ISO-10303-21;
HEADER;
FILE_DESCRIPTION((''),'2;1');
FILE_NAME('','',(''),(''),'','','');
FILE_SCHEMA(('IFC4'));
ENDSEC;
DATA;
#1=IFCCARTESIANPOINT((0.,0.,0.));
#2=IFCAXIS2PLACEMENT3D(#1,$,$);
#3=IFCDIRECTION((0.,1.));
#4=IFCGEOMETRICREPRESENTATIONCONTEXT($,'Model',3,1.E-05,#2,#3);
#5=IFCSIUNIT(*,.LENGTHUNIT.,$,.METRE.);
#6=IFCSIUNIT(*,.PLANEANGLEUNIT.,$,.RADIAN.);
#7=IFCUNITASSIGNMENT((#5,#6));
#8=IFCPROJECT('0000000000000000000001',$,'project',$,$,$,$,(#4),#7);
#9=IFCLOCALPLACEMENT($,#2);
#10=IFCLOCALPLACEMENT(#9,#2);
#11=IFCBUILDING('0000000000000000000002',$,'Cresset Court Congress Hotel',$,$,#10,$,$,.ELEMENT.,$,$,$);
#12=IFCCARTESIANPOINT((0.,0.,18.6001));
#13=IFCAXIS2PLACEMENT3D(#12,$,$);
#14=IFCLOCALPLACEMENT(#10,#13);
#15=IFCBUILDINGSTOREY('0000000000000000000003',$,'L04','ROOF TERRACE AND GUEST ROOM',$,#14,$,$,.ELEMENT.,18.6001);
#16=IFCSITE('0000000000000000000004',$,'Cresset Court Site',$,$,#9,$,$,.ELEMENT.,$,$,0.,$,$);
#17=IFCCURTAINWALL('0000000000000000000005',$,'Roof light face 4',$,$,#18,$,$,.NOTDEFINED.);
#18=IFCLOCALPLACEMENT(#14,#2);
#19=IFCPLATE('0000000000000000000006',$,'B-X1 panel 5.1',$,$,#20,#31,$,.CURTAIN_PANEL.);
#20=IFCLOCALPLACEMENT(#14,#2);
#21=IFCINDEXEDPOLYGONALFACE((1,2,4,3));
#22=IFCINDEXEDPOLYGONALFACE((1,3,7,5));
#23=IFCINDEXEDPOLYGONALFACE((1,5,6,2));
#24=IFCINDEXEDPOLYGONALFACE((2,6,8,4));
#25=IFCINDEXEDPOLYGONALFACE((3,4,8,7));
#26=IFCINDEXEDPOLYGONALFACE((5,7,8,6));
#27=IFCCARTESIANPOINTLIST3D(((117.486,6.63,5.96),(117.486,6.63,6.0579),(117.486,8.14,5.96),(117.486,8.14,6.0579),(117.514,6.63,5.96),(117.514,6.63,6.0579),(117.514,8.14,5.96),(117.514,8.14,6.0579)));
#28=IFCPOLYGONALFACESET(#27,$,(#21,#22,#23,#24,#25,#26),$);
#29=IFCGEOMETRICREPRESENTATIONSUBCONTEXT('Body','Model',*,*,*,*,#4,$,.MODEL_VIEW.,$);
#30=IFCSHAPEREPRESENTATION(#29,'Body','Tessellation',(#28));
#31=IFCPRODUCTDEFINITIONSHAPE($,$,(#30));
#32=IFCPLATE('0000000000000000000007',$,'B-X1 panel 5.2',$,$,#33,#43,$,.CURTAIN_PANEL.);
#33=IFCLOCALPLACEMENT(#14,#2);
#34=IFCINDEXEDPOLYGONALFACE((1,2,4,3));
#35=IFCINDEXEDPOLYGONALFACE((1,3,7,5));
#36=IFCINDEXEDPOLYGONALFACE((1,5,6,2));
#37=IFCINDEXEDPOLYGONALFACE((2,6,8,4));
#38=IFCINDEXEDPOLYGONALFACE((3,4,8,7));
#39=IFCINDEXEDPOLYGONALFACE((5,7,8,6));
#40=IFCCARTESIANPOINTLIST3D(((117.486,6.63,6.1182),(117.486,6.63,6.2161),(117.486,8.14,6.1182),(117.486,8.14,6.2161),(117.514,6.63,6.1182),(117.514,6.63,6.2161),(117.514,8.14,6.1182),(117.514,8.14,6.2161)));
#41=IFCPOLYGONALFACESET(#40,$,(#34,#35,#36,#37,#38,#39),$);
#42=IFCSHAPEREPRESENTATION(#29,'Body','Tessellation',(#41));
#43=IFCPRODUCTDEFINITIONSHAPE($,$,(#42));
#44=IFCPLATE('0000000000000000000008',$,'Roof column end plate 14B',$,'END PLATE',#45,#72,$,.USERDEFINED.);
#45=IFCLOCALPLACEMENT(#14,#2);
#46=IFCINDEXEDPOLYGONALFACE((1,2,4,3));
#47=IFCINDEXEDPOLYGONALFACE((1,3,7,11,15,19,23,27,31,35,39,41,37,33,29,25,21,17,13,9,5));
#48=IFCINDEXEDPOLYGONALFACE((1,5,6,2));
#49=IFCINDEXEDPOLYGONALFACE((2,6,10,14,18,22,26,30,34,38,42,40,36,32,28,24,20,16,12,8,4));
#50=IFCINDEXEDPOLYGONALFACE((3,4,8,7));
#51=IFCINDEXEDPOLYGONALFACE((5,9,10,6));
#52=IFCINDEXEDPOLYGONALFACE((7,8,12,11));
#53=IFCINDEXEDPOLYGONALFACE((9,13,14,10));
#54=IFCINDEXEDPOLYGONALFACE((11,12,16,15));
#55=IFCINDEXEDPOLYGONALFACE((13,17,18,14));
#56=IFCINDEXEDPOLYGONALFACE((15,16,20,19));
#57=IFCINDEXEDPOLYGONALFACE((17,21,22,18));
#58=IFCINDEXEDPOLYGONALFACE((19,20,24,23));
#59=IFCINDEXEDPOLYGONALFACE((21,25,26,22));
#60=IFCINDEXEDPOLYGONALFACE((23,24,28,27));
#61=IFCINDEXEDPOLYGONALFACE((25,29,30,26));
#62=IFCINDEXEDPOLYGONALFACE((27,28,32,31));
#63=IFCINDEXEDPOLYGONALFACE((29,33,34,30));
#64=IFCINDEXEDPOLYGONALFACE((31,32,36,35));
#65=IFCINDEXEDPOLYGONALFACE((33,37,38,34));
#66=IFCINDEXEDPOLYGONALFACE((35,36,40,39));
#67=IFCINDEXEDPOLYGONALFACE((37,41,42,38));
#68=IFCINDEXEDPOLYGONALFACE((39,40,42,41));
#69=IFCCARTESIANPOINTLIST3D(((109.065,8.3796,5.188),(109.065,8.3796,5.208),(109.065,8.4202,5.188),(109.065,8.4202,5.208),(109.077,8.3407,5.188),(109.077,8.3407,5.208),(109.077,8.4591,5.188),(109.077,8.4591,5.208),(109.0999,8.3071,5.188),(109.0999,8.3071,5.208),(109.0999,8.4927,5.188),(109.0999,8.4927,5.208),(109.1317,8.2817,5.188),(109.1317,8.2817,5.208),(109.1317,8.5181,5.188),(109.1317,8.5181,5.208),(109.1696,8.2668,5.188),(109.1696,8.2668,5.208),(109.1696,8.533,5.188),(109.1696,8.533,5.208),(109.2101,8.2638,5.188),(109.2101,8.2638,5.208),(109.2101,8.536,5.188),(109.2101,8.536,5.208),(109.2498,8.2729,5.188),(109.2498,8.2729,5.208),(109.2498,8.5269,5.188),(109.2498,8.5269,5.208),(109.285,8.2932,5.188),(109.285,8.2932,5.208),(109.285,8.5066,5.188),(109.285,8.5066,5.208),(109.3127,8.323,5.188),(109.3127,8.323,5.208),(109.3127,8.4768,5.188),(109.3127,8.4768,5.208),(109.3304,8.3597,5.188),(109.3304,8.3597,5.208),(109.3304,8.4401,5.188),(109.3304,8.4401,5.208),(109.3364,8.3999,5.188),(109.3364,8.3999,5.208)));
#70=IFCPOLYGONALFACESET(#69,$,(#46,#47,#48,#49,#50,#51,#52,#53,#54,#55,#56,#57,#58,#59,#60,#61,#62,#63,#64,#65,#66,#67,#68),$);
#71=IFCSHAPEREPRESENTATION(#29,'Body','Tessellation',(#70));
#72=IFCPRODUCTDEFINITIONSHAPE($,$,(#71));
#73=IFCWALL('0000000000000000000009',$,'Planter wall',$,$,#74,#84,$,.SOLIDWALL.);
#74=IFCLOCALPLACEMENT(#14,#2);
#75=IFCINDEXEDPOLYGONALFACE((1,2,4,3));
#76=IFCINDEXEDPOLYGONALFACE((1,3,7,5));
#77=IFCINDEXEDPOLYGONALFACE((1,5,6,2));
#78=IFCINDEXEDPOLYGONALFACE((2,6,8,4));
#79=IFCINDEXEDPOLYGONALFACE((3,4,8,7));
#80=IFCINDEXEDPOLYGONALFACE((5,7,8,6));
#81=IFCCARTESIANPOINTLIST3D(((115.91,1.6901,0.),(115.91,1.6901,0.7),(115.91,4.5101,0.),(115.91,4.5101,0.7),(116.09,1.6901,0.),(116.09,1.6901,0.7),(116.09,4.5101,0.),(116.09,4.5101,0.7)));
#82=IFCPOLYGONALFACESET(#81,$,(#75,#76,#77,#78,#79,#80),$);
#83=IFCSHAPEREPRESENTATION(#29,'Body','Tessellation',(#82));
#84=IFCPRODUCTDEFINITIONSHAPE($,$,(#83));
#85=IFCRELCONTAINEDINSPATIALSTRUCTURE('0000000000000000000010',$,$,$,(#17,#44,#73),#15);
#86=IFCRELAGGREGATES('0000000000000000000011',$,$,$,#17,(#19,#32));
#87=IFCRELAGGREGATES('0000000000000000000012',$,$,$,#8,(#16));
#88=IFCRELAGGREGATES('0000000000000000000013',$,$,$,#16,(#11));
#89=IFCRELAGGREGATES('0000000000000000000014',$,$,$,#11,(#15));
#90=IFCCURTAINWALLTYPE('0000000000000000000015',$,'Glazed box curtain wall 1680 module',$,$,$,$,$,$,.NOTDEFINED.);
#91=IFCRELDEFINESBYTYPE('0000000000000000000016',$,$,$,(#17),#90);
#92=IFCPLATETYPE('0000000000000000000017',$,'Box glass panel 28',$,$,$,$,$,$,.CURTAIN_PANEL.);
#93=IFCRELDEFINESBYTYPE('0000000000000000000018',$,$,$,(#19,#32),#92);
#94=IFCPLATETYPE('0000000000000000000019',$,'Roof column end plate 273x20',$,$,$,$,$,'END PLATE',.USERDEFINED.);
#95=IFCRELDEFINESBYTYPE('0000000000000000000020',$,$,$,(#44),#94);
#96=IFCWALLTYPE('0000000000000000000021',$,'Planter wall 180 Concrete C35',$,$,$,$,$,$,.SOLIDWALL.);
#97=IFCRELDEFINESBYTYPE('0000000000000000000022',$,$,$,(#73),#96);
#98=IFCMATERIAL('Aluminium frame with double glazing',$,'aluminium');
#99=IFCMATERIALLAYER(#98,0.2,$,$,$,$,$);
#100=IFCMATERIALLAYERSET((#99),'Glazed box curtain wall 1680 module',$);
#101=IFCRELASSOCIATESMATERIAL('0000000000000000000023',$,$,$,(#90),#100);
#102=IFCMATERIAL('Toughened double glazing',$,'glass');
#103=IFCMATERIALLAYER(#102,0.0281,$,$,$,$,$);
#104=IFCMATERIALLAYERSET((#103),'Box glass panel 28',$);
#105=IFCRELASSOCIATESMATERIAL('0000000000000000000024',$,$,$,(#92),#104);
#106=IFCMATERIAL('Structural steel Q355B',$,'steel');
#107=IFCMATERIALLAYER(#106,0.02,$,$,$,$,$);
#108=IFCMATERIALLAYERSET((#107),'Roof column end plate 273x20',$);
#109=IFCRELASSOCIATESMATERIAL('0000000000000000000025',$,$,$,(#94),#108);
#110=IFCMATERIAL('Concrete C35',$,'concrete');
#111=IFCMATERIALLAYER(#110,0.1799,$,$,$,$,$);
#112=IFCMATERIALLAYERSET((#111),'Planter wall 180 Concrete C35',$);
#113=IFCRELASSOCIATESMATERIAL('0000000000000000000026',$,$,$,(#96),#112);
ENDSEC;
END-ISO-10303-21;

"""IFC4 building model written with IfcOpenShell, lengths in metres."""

from ifc_helpers import new_model, si_unit, direction, frame, frame_2d, origin, origin_2d, place, context, subcontext, project, spatial, rectangle, circle, extrude, material, layer, layer_set, type_object, element, aggregate, save


model = new_model("IFC4")

# Units and contexts
model_context = context("Model", 3, precision=1e-05, world=origin(), true_north=direction((0.0, 1.0)))
body_context = subcontext(model_context, "Body", "Model", "MODEL_VIEW")
ifc_project = project(units=[si_unit("LENGTHUNIT", "METRE"), si_unit("PLANEANGLEUNIT", "RADIAN")], contexts=[model_context])

# Site, building, storey
site_placement = place(None, origin())
site = spatial("IfcSite", under=ifc_project, at=site_placement, Name="Cresset Court Site", CompositionType="ELEMENT", RefElevation=0.0)
building_placement = place(site_placement, origin())
building = spatial("IfcBuilding", under=site, at=building_placement, Name="Cresset Court Congress Hotel", CompositionType="ELEMENT")
storey_placement = place(building_placement, frame((0.0, 0.0, 18.6001)))
storey = spatial("IfcBuildingStorey", under=building, at=storey_placement, Name="L04", Description="ROOF TERRACE AND GUEST ROOM", CompositionType="ELEMENT", Elevation=18.6001)

# Curtain wall, plates
ifc_material_1 = material(Name="Aluminium frame with double glazing", Category="aluminium")
ifc_layer_1 = layer(ifc_material_1, 0.2)
ifc_layer_set_1 = layer_set([ifc_layer_1], Name="Glazed box curtain wall 1680 module")
curtain_wall_type = type_object("IfcCurtainWallType", Name="Glazed box curtain wall 1680 module", PredefinedType="NOTDEFINED", material=ifc_layer_set_1)
curtain_wall_placement = place(storey_placement, origin())
curtain_wall = element("IfcCurtainWall", 1, at=curtain_wall_placement, inside=storey, type_object=curtain_wall_type, Name="Roof light face 4", PredefinedType="NOTDEFINED")
ifc_material_2 = material(Name="Toughened double glazing", Category="glass")
ifc_layer_2 = layer(ifc_material_2, 0.0281)
ifc_layer_set_2 = layer_set([ifc_layer_2], Name="Box glass panel 28")
plate_type_1 = type_object("IfcPlateType", Name="Box glass panel 28", PredefinedType="CURTAIN_PANEL", material=ifc_layer_set_2)
plate_1_placement = place(storey_placement, frame((117.5, 7.385, 5.96), z_axis=(0.0, 0.0, 1.0), x_axis=(0.0, 1.0, 0.0)))
plate_1 = element("IfcPlate", 2, at=plate_1_placement, type_object=plate_type_1, Name="B-X1 panel 5.1", PredefinedType="CURTAIN_PANEL", context=body_context, shape_type="SweptSolid", body=[
    extrude(rectangle(XDim=1.51, YDim=0.0281, at=origin_2d()), origin(), (0.0, 0.0, 1.0), 0.0979),
])
plate_2_placement = place(storey_placement, frame((117.5, 7.385, 6.1182), z_axis=(0.0, 0.0, 1.0), x_axis=(0.0, 1.0, 0.0)))
plate_2 = element("IfcPlate", 3, at=plate_2_placement, type_object=plate_type_1, Name="B-X1 panel 5.2", PredefinedType="CURTAIN_PANEL", context=body_context, shape_type="SweptSolid", body=[
    extrude(rectangle(XDim=1.51, YDim=0.0281, at=origin_2d()), origin(), (0.0, 0.0, 1.0), 0.0979),
])
aggregate(curtain_wall, [plate_1, plate_2])

# Plate
ifc_material_3 = material(Name="Structural steel Q355B", Category="steel")
ifc_layer_3 = layer(ifc_material_3, 0.02)
ifc_layer_set_3 = layer_set([ifc_layer_3], Name="Roof column end plate 273x20")
plate_type_2 = type_object("IfcPlateType", Name="Roof column end plate 273x20", ElementType="END PLATE", PredefinedType="USERDEFINED", material=ifc_layer_set_3)
plate_3_placement = place(storey_placement, frame((109.2, 8.3999, 5.188), z_axis=(0.0, 0.0, 1.0), x_axis=(1.0, 0.0, 0.0)))
element("IfcPlate", 4, at=plate_3_placement, inside=storey, type_object=plate_type_2, Name="Roof column end plate 14B", ObjectType="END PLATE", PredefinedType="USERDEFINED", context=body_context, shape_type="SweptSolid", body=[
    extrude(circle(Radius=0.1365, at=origin_2d()), origin(), (0.0, 0.0, 1.0), 0.02),
])

# Wall
ifc_material_4 = material(Name="Concrete C35", Category="concrete")
ifc_layer_4 = layer(ifc_material_4, 0.1799)
ifc_layer_set_4 = layer_set([ifc_layer_4], Name="Planter wall 180 Concrete C35")
wall_type = type_object("IfcWallType", Name="Planter wall 180 Concrete C35", PredefinedType="SOLIDWALL", material=ifc_layer_set_4)
wall_placement = place(storey_placement, frame((116.0, 1.6899, 0.0), z_axis=(0.0, 0.0, 1.0), x_axis=(0.0, 1.0, 0.0)))
element("IfcWall", 5, at=wall_placement, inside=storey, type_object=wall_type, Name="Planter wall", PredefinedType="SOLIDWALL", context=body_context, shape_type="SweptSolid", body=[
    extrude(rectangle(XDim=2.8201, YDim=0.1799, at=frame_2d((1.4102, 0.0))), origin(), (0.0, 0.0, 1.0), 0.7),
])

save(model, "model.ifc")
